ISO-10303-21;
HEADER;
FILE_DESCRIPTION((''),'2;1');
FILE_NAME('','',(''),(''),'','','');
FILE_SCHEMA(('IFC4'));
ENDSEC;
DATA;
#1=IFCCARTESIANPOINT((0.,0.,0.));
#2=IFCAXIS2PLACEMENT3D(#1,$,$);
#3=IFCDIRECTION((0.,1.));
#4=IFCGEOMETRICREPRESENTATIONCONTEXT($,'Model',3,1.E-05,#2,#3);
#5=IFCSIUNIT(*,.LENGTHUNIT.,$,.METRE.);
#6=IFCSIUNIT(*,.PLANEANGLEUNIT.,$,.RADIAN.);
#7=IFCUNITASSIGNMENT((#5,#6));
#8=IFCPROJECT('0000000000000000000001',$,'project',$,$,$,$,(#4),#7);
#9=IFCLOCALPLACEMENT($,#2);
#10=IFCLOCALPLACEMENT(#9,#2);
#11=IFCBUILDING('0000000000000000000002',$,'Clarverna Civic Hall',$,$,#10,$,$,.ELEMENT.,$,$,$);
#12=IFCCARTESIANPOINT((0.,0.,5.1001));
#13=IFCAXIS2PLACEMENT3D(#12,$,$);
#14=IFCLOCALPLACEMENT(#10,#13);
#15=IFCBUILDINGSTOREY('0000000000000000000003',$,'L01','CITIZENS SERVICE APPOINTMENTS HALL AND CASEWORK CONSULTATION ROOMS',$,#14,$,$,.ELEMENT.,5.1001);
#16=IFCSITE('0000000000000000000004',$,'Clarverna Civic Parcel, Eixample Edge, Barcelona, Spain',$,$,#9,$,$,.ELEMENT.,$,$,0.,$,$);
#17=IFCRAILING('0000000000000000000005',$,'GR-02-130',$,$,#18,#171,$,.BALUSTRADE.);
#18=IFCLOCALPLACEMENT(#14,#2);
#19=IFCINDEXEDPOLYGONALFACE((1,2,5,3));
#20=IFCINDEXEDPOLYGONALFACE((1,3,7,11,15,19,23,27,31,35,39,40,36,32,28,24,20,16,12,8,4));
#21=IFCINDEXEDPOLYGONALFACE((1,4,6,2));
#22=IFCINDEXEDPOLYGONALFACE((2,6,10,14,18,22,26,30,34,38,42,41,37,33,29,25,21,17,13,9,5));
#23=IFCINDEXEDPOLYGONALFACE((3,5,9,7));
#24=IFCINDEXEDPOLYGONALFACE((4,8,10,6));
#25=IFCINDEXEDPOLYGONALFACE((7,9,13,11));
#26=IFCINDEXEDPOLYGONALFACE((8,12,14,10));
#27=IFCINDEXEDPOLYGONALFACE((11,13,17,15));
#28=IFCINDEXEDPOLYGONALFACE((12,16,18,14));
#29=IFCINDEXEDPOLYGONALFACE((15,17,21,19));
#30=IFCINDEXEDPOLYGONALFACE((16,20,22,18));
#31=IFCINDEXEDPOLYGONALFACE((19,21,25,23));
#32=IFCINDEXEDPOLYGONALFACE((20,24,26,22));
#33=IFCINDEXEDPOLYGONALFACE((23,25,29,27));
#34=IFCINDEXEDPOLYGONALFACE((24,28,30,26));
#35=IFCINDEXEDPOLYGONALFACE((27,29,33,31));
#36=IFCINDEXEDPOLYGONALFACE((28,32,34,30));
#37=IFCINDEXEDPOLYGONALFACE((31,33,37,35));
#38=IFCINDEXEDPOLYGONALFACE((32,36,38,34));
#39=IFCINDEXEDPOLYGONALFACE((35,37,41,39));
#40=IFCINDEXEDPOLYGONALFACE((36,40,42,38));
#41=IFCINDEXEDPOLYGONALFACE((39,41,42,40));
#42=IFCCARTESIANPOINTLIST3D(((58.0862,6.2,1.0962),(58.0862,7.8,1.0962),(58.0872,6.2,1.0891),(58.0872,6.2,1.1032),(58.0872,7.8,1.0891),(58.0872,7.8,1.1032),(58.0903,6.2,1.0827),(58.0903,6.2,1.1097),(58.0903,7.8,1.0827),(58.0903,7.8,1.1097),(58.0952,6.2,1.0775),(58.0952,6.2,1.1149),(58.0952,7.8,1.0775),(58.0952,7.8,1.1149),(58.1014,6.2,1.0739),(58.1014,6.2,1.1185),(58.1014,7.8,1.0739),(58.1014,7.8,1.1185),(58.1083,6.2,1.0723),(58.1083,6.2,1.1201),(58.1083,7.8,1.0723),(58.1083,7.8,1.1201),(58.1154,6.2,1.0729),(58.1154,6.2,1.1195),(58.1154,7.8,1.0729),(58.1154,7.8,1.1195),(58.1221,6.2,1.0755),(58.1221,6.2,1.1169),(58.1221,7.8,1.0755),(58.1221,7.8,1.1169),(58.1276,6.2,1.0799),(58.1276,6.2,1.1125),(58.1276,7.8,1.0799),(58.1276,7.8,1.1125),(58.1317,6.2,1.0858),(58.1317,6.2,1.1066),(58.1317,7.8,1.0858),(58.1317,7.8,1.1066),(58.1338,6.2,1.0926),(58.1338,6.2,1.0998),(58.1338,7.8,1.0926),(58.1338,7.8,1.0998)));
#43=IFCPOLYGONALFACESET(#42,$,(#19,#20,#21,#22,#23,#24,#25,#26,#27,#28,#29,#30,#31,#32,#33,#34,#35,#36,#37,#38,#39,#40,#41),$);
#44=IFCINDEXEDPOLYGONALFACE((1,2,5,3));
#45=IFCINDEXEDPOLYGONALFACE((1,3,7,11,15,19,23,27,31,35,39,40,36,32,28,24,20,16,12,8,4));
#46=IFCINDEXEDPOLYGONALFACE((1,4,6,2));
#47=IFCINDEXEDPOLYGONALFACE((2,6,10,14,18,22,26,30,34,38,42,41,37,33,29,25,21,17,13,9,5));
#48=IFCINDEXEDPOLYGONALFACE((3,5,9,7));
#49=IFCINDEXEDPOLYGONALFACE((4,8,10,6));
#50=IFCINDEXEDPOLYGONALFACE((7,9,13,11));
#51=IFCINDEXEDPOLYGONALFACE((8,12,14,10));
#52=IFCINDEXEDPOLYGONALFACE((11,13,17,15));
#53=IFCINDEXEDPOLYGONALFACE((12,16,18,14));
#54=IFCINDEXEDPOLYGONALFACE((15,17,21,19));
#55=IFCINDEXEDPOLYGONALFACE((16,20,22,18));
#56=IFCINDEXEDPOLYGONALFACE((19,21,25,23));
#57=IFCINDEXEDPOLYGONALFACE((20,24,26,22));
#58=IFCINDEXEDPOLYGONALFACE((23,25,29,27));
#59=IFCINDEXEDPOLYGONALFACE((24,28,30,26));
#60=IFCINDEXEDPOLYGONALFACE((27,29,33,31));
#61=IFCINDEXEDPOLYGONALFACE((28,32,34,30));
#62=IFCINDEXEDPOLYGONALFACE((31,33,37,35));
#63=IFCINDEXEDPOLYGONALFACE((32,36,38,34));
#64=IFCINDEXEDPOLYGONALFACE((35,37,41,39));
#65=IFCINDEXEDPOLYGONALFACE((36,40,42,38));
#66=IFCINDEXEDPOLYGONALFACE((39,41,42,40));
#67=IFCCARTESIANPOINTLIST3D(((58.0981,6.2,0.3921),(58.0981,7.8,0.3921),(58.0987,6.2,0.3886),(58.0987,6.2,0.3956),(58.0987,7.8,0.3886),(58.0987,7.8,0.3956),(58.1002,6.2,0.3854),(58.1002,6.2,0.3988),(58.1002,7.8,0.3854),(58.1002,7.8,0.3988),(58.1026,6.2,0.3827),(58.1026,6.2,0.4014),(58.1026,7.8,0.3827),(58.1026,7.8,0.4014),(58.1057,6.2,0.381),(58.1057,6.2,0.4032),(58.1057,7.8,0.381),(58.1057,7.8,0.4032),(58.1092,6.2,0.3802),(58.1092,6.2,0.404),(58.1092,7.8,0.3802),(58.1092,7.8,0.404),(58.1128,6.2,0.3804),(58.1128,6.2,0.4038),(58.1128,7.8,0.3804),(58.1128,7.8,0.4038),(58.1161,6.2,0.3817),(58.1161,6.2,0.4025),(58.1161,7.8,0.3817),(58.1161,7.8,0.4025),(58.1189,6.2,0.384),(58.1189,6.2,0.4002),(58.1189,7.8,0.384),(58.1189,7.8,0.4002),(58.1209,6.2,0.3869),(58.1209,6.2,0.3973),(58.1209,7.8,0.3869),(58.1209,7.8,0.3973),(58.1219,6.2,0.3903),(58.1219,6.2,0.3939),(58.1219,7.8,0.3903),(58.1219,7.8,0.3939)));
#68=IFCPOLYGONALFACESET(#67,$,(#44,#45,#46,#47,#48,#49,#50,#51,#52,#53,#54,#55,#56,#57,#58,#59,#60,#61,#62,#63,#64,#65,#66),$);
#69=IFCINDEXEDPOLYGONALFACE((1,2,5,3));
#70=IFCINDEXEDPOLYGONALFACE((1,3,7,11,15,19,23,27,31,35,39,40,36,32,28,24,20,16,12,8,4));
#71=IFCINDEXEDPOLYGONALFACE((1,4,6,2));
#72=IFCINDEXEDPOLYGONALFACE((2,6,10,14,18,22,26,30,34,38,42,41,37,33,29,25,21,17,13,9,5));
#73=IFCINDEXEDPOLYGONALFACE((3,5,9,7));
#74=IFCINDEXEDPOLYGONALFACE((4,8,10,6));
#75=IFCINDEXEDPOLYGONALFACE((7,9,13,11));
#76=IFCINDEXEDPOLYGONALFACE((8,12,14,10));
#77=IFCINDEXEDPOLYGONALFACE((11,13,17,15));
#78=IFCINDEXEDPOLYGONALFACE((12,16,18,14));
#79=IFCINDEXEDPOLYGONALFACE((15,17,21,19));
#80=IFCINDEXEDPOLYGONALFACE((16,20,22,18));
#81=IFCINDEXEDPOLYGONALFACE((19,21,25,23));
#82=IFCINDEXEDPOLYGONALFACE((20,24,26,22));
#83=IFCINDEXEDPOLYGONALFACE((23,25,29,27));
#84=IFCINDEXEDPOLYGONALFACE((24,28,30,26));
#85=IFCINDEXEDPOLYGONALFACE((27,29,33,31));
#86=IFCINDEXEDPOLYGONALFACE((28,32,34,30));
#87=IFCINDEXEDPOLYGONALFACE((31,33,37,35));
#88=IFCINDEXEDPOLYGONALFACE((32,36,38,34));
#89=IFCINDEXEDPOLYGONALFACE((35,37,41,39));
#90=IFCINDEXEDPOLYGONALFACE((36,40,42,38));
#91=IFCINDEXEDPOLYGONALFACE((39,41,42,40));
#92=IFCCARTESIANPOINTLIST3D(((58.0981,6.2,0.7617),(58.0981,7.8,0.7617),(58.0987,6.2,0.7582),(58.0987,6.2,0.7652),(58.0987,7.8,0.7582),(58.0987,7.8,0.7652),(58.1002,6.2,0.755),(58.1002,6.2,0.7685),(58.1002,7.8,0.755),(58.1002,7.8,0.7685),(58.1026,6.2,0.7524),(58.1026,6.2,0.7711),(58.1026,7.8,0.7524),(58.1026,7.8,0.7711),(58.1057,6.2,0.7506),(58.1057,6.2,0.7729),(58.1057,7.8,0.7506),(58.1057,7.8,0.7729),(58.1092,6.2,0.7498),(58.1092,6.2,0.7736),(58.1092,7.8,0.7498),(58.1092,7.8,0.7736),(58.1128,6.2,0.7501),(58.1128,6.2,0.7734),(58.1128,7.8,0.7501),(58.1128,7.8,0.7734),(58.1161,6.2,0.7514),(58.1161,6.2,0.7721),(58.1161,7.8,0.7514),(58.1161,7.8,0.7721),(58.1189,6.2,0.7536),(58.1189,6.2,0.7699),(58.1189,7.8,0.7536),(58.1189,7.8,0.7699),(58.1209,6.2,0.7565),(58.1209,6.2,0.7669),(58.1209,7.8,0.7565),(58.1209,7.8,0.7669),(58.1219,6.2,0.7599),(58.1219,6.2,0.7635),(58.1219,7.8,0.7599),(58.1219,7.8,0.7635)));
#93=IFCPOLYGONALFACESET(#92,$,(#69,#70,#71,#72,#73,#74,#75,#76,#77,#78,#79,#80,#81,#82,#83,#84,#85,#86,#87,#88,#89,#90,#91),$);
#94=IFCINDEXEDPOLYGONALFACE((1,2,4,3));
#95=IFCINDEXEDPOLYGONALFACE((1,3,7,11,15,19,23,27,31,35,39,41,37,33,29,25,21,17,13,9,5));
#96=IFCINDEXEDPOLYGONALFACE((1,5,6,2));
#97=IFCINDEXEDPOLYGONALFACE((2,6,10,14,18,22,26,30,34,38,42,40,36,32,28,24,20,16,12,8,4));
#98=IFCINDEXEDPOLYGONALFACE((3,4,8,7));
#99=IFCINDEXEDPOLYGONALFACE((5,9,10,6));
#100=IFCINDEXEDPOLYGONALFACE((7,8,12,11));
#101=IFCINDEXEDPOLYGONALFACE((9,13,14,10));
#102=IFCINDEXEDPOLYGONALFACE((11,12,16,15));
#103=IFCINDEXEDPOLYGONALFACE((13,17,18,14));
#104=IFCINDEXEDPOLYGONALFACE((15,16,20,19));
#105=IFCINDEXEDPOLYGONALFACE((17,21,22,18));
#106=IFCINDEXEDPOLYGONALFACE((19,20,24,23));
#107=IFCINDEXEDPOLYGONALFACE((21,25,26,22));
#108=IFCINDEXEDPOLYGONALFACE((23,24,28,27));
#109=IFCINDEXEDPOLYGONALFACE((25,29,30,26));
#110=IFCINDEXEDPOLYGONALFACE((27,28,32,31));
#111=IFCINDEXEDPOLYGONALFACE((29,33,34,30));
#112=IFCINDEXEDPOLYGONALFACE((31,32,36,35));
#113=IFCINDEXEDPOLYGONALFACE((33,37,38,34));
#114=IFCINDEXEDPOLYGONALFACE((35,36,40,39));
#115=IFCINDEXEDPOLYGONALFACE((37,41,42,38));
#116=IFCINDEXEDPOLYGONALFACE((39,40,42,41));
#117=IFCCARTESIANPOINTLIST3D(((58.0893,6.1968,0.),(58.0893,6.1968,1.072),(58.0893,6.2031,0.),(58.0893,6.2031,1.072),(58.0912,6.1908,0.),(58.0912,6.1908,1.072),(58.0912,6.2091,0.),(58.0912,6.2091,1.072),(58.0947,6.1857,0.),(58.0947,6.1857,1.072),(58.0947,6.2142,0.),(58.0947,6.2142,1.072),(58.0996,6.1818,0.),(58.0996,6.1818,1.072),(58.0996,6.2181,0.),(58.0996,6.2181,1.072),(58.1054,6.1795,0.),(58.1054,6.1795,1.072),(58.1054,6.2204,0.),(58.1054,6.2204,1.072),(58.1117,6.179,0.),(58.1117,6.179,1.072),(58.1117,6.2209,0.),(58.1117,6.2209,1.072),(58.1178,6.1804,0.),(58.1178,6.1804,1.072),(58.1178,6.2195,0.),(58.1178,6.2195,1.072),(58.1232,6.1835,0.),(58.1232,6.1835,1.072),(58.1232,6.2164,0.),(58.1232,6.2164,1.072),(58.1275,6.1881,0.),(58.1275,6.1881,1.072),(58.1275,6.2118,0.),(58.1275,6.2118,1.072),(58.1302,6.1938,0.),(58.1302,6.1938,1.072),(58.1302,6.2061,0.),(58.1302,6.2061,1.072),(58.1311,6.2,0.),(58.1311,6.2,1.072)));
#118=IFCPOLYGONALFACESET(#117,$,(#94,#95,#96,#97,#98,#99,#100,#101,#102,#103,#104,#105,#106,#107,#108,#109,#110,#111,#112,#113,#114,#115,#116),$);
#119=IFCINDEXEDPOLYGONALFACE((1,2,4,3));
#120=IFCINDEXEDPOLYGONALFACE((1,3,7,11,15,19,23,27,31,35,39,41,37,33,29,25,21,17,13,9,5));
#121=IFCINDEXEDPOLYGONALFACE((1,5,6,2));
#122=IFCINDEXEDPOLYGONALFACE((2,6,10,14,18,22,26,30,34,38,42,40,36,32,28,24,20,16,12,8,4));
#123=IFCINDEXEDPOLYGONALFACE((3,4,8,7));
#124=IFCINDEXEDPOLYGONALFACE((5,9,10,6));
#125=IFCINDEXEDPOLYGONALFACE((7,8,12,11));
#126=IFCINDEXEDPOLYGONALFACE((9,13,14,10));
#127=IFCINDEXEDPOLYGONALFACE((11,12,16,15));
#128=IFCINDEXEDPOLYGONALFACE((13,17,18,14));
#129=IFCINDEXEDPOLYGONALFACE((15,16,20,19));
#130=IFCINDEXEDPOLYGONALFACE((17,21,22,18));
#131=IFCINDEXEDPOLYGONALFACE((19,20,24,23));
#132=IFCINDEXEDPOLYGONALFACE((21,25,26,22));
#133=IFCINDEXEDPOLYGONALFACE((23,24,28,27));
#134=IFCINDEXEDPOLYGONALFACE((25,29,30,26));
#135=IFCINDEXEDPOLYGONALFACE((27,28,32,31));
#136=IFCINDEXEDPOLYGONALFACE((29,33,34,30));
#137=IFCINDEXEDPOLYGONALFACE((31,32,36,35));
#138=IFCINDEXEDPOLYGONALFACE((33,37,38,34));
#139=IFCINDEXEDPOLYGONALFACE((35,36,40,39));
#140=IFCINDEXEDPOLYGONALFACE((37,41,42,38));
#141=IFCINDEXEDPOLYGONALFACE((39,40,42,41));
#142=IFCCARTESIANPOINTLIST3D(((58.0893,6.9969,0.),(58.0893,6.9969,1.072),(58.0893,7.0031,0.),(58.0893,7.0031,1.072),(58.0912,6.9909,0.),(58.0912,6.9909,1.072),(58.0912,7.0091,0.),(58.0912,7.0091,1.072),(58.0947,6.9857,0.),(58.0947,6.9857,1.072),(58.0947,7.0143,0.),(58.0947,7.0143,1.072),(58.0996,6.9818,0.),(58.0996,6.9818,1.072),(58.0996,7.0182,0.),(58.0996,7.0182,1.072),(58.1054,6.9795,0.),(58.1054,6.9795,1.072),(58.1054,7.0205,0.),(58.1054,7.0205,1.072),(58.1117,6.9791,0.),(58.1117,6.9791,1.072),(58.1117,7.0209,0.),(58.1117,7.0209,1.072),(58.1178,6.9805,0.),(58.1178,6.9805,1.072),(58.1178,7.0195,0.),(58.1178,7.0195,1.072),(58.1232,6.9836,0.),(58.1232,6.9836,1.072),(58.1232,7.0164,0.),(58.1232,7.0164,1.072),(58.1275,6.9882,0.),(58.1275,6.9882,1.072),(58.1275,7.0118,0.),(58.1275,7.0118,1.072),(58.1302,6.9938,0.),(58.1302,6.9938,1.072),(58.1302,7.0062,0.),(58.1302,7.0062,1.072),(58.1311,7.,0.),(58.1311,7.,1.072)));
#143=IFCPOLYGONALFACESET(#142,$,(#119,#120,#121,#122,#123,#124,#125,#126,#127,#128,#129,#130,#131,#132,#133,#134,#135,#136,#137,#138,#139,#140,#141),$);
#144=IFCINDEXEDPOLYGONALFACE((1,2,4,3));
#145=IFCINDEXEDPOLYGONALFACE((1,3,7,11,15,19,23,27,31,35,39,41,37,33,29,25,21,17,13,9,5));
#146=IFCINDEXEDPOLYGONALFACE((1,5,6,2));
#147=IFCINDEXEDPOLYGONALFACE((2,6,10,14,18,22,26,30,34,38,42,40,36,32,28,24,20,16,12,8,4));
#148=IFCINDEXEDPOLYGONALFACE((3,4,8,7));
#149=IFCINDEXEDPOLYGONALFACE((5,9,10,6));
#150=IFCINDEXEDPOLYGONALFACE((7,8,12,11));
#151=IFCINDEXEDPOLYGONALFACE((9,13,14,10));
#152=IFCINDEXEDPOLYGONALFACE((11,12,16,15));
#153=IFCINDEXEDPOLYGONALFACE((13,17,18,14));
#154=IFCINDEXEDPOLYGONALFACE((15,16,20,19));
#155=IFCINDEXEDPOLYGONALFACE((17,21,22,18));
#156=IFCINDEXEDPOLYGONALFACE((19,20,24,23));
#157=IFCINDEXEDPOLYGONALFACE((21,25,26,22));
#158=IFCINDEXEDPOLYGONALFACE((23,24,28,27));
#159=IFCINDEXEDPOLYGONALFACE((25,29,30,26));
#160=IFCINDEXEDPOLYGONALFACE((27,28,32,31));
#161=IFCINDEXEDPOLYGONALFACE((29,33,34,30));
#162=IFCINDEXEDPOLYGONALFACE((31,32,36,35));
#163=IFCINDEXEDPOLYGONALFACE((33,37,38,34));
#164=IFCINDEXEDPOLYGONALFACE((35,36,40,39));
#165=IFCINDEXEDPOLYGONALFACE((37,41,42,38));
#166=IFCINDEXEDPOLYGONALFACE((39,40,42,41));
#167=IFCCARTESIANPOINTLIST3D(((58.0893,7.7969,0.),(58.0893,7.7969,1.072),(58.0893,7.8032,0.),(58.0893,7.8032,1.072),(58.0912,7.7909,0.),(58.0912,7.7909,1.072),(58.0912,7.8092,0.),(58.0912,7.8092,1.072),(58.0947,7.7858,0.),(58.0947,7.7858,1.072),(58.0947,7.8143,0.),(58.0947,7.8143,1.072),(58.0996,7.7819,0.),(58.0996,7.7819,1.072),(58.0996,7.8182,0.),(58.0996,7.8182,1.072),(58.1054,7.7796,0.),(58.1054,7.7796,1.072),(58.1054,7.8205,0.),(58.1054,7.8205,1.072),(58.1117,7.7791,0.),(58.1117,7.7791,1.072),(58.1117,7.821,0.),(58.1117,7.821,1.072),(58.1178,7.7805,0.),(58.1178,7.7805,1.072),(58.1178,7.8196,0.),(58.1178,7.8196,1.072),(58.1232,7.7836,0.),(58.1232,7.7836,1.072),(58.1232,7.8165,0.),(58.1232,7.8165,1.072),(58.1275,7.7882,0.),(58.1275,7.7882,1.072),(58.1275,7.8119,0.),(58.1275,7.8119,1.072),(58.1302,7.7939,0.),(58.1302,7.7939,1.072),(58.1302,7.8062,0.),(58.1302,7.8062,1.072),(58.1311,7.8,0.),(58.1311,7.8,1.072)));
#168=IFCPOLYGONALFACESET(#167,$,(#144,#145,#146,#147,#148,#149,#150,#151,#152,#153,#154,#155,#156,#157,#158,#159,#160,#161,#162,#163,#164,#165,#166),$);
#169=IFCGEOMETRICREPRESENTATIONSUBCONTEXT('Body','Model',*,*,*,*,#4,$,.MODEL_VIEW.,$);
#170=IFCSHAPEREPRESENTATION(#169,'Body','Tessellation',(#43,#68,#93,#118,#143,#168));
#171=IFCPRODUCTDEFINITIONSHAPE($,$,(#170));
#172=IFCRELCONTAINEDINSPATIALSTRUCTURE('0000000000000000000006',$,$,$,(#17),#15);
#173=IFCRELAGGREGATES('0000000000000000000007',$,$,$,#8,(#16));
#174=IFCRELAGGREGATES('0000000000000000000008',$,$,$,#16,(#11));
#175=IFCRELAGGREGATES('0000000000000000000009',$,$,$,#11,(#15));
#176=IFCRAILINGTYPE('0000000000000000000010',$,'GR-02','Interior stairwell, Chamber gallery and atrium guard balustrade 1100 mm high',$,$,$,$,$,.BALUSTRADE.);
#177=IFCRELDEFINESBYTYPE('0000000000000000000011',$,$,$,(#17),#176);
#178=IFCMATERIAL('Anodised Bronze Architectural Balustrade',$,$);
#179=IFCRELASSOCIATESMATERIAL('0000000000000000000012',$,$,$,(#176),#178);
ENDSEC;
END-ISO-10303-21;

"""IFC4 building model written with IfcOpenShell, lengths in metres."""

from ifc_helpers import new_model, si_unit, direction, frame, origin, origin_2d, place, context, subcontext, project, spatial, circle, extrude, material, type_object, element, save


model = new_model("IFC4")

# Units and contexts
model_context = context("Model", 3, precision=1e-05, world=origin(), true_north=direction((0.0, 1.0)))
body_context = subcontext(model_context, "Body", "Model", "MODEL_VIEW")
ifc_project = project(units=[si_unit("LENGTHUNIT", "METRE"), si_unit("PLANEANGLEUNIT", "RADIAN")], contexts=[model_context])

# Site, building, storey
site_placement = place(None, origin())
site = spatial("IfcSite", under=ifc_project, at=site_placement, Name="Clarverna Civic Parcel, Eixample Edge, Barcelona, Spain", CompositionType="ELEMENT", RefElevation=0.0)
building_placement = place(site_placement, origin())
building = spatial("IfcBuilding", under=site, at=building_placement, Name="Clarverna Civic Hall", CompositionType="ELEMENT")
storey_placement = place(building_placement, frame((0.0, 0.0, 5.1001)))
storey = spatial("IfcBuildingStorey", under=building, at=storey_placement, Name="L01", Description="CITIZENS SERVICE APPOINTMENTS HALL AND CASEWORK CONSULTATION ROOMS", CompositionType="ELEMENT", Elevation=5.1001)

# Railing
ifc_material_1 = material(Name="Anodised Bronze Architectural Balustrade")
railing_type_1 = type_object("IfcRailingType", Name="GR-02", Description="Interior stairwell, Chamber gallery and atrium guard balustrade 1100 mm high", PredefinedType="BALUSTRADE", material=ifc_material_1)
railing_1_placement = place(storey_placement, frame((58.1101, 6.2, 0.0)))
element("IfcRailing", 1, at=railing_1_placement, inside=storey, type_object=railing_type_1, Name="GR-02-130", PredefinedType="BALUSTRADE", context=body_context, shape_type="SweptSolid", body=[
    extrude(circle(Radius=0.0239, at=origin_2d()), frame((0.0, 0.0, 1.0962), z_axis=(0.0, 1.0, 0.0), x_axis=(-1.0, 0.0, 0.0)), (0.0, 0.0, 1.0), 1.6001),
    extrude(circle(Radius=0.012, at=origin_2d()), frame((0.0, 0.0, 0.3921), z_axis=(0.0, 1.0, 0.0), x_axis=(-1.0, 0.0, 0.0)), (0.0, 0.0, 1.0), 1.6001),
    extrude(circle(Radius=0.012, at=origin_2d()), frame((0.0, 0.0, 0.7617), z_axis=(0.0, 1.0, 0.0), x_axis=(-1.0, 0.0, 0.0)), (0.0, 0.0, 1.0), 1.6001),
    extrude(circle(Radius=0.021, at=origin_2d()), origin(), (0.0, 0.0, 1.0), 1.072),
    extrude(circle(Radius=0.021, at=origin_2d()), frame((0.0, 0.8, 0.0)), (0.0, 0.0, 1.0), 1.072),
    extrude(circle(Radius=0.021, at=origin_2d()), frame((0.0, 1.6001, 0.0)), (0.0, 0.0, 1.0), 1.072),
])

save(model, "model.ifc")
